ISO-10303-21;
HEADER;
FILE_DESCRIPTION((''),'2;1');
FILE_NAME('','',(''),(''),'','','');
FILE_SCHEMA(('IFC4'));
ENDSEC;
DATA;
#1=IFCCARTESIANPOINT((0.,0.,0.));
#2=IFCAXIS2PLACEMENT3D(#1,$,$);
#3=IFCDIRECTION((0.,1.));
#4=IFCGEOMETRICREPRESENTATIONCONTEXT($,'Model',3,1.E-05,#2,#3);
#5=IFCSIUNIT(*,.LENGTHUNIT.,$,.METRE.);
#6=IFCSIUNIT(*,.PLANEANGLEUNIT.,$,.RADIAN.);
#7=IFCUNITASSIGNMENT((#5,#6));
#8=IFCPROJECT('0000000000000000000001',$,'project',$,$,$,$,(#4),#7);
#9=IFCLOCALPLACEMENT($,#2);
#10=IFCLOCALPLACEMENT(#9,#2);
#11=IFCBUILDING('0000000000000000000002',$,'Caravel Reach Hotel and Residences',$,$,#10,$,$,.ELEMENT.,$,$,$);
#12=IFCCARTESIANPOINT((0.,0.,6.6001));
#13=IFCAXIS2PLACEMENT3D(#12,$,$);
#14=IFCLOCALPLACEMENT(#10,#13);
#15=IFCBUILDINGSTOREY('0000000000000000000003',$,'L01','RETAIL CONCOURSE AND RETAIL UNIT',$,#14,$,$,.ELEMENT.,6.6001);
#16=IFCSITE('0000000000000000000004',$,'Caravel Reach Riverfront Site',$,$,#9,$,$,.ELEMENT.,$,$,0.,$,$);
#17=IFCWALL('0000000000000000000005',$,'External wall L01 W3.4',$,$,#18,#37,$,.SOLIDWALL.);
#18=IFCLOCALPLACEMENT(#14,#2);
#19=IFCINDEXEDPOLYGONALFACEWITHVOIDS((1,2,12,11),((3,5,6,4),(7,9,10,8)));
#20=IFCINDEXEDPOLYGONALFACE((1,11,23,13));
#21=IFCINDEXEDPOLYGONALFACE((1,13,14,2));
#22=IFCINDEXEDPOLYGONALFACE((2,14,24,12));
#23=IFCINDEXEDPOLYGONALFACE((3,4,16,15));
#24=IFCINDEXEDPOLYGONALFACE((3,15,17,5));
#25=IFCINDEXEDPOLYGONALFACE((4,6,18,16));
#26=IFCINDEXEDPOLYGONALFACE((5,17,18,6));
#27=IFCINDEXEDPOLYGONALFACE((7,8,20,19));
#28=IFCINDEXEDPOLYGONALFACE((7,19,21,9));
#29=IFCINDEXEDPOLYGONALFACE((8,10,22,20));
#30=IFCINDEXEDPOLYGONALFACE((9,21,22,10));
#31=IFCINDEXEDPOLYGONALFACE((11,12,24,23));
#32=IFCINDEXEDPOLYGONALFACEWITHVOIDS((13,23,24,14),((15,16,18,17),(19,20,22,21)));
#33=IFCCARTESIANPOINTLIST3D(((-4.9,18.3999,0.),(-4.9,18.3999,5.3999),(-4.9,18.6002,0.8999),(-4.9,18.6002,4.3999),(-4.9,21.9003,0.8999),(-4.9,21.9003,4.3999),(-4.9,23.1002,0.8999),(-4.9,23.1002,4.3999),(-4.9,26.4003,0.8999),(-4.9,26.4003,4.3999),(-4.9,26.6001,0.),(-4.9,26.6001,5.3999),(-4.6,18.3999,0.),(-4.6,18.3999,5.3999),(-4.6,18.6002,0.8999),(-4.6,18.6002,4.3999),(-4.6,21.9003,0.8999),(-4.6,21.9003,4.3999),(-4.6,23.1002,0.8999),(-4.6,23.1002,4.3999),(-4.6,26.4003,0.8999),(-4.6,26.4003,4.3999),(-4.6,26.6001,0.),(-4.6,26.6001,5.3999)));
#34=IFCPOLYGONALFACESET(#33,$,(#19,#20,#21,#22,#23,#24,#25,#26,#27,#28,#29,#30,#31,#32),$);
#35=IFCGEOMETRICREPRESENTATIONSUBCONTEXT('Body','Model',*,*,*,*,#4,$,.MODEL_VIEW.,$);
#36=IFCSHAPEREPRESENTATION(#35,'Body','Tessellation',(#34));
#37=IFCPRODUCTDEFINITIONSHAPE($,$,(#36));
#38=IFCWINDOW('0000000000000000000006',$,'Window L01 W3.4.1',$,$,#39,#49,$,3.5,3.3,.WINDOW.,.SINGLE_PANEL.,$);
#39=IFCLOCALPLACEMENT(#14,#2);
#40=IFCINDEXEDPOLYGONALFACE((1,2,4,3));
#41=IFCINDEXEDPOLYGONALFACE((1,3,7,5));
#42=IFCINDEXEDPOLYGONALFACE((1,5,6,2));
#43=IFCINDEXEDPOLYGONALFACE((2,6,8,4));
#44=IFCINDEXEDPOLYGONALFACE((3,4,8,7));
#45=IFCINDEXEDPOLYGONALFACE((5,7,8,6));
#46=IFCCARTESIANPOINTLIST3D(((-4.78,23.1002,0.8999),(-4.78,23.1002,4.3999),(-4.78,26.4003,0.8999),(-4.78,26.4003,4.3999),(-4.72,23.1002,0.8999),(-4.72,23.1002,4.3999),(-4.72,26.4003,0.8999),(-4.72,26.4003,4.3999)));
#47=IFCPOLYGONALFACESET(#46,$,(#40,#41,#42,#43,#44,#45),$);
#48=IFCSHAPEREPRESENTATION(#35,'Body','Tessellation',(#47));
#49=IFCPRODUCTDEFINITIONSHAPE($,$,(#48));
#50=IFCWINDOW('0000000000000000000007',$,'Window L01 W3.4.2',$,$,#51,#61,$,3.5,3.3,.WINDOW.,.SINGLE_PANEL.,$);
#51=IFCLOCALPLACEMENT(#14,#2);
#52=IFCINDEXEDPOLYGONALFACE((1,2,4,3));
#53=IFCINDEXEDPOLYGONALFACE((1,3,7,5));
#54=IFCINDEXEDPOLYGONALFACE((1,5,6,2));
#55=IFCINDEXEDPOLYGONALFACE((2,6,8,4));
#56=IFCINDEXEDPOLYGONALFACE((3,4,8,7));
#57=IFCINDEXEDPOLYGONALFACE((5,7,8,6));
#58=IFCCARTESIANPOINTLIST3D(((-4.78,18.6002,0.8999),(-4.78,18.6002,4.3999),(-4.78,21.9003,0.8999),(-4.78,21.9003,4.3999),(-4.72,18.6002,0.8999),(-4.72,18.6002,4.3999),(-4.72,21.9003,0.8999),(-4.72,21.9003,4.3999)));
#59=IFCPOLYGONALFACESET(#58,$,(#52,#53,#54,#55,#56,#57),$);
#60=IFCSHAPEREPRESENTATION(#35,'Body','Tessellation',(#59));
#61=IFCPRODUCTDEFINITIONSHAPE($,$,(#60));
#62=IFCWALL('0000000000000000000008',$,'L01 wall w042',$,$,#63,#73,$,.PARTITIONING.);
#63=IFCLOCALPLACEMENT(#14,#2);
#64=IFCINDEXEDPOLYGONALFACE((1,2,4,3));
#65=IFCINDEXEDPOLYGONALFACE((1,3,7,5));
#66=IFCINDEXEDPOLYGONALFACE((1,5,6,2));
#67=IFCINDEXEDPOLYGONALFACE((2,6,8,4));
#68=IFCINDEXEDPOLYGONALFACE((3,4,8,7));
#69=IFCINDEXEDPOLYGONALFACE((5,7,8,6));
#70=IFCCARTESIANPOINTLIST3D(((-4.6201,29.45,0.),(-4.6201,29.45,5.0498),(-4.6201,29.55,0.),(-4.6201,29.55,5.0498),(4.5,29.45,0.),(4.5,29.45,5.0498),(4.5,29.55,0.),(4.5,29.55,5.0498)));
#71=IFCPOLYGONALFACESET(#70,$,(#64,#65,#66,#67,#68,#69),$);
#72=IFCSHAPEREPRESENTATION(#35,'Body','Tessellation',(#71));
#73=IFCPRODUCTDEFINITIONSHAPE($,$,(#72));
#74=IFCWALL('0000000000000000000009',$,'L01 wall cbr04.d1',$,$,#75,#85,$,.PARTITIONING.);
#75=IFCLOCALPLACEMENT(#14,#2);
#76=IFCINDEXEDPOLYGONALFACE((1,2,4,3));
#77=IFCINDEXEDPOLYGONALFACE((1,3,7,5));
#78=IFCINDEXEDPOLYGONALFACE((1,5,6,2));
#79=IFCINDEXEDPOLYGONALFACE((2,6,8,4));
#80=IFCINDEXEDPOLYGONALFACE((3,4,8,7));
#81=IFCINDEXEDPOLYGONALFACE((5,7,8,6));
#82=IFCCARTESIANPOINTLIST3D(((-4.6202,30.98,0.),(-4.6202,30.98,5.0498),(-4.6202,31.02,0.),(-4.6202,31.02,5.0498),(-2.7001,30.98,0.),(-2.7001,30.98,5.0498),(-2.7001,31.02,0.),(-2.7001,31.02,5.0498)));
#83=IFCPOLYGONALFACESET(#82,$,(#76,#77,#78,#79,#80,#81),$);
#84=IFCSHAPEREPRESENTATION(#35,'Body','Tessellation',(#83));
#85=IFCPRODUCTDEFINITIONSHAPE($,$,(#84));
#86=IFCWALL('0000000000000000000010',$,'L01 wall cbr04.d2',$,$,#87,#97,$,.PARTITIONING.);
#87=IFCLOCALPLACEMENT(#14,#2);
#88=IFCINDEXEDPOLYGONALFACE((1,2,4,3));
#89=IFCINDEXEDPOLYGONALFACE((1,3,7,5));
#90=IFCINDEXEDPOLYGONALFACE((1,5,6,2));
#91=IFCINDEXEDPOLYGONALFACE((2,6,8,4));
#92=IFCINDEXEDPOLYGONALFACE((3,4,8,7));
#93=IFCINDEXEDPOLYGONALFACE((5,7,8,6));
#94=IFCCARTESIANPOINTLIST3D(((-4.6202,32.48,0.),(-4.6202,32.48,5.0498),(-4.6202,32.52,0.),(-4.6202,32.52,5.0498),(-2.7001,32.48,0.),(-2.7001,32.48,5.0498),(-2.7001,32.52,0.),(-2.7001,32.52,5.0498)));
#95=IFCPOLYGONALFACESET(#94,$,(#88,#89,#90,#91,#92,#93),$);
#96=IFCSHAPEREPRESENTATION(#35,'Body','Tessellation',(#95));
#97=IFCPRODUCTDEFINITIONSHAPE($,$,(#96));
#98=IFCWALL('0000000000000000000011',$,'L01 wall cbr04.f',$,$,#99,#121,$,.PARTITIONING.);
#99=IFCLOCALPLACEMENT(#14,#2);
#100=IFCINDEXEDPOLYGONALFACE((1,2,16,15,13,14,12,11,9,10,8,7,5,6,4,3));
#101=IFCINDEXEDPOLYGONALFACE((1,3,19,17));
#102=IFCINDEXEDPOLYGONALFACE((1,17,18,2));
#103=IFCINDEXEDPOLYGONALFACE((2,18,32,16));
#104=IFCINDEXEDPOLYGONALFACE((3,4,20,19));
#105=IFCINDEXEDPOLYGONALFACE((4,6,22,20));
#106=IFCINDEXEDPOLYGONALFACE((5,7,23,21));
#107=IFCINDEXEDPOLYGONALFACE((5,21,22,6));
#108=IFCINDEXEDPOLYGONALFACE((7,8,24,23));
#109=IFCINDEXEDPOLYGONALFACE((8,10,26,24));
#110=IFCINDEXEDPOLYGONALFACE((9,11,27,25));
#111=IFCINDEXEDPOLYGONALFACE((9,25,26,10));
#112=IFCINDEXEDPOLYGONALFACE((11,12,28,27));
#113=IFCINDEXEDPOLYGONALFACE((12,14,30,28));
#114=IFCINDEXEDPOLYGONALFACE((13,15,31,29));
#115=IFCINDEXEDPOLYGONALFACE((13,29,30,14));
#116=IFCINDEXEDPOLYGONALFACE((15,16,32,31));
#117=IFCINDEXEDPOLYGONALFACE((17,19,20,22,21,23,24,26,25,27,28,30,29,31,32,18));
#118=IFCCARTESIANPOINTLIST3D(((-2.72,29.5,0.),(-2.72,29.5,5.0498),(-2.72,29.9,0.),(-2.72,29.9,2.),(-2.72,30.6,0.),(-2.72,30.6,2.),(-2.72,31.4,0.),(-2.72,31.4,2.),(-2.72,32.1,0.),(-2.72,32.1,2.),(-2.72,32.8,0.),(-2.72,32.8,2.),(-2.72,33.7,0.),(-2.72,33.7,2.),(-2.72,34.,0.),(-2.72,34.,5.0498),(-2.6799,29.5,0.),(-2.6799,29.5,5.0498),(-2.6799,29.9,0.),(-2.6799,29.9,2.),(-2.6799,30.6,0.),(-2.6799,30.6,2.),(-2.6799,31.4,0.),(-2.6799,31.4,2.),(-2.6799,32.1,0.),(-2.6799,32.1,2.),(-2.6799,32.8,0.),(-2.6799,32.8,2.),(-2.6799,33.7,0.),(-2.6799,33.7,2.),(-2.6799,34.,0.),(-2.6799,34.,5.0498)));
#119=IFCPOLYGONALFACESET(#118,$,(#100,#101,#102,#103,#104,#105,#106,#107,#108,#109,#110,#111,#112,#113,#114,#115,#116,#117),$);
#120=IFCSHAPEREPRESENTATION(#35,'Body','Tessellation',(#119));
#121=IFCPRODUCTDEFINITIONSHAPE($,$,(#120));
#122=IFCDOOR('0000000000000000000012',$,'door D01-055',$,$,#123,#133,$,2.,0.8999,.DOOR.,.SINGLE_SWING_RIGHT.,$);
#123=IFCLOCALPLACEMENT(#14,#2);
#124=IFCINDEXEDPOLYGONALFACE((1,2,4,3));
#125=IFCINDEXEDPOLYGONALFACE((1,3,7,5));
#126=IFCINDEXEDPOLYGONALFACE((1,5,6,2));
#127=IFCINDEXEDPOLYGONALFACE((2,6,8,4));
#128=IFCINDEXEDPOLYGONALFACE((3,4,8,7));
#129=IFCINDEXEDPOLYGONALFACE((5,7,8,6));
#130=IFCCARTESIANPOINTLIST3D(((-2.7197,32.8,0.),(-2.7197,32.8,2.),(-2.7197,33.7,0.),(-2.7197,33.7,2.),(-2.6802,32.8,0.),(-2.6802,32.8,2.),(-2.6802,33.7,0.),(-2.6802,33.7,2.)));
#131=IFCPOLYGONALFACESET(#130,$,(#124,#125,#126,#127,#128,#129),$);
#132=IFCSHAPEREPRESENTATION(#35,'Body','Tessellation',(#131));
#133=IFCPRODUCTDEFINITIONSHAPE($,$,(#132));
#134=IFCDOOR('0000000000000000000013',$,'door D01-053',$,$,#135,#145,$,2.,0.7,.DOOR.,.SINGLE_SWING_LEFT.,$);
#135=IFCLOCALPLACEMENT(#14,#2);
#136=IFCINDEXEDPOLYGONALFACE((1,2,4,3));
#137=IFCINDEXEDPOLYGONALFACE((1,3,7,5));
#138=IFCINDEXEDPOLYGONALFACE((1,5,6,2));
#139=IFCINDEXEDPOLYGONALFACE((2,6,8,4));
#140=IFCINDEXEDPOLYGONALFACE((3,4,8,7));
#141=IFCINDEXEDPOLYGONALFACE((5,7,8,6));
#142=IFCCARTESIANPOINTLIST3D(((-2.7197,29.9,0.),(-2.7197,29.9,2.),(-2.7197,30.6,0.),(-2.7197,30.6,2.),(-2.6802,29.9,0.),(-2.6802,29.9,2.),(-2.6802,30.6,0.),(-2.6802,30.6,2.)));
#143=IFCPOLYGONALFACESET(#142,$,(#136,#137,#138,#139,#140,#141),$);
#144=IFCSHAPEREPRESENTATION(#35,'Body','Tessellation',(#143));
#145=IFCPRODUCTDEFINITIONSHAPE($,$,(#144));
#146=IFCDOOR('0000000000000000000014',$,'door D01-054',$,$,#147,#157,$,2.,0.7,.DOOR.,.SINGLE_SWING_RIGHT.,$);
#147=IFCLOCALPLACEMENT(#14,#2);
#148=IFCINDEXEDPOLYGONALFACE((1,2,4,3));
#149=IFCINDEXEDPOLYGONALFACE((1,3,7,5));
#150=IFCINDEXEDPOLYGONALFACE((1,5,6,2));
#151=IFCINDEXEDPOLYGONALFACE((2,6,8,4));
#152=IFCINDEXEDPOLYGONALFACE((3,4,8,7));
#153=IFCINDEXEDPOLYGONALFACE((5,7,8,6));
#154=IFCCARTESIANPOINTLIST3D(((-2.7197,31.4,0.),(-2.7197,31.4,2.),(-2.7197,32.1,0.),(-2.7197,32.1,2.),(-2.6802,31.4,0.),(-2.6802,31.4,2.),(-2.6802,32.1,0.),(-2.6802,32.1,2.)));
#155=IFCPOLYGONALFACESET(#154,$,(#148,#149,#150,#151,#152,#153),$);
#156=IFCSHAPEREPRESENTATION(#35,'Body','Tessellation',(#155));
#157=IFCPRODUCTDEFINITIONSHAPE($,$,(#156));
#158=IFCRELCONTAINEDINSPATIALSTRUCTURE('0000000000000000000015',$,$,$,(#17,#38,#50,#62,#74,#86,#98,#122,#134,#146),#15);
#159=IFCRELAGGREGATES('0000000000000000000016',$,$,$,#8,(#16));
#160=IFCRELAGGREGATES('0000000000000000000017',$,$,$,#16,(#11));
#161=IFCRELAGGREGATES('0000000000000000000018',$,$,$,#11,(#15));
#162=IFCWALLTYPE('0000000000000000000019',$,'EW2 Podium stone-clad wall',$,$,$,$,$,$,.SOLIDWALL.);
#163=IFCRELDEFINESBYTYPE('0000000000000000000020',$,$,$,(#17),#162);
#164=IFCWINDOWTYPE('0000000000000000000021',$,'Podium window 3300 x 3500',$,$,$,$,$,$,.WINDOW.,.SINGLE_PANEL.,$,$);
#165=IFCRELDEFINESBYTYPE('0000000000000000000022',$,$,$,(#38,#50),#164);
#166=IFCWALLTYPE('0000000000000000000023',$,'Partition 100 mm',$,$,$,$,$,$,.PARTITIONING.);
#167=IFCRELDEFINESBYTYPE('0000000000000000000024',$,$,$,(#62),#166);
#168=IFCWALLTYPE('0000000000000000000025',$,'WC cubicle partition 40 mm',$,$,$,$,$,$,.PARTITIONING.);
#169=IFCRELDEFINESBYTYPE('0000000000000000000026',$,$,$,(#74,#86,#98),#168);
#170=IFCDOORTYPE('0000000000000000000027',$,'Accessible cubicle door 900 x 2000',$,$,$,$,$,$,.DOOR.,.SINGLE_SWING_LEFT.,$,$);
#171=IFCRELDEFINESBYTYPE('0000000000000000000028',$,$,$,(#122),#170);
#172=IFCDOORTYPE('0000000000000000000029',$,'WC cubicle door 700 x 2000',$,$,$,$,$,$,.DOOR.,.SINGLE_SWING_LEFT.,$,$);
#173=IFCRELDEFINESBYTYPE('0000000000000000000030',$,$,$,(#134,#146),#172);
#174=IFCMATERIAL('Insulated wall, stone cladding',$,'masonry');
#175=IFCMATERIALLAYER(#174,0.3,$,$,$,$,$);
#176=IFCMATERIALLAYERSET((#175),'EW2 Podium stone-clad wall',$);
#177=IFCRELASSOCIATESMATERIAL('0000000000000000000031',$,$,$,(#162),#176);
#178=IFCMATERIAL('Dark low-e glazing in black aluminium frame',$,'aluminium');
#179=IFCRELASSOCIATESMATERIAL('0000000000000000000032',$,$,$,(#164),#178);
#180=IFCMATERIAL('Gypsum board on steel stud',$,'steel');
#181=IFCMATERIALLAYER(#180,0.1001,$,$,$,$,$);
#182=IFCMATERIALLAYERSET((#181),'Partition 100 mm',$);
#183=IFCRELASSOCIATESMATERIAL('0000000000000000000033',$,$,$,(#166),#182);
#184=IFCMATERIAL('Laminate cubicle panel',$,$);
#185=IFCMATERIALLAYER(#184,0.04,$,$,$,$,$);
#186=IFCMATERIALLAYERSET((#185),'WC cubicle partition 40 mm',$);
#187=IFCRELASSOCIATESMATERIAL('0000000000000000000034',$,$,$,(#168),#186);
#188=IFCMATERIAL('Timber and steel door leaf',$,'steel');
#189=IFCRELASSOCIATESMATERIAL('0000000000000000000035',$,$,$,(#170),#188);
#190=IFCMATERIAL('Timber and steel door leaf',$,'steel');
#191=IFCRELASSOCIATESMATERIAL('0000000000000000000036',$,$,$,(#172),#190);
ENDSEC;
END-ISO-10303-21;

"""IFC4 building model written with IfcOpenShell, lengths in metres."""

from ifc_helpers import new_model, si_unit, direction, frame, frame_2d, origin, place, context, subcontext, project, spatial, rectangle, extrude, material, layer, layer_set, type_object, element, fill, save


model = new_model("IFC4")

# Units and contexts
model_context = context("Model", 3, precision=1e-05, world=origin(), true_north=direction((0.0, 1.0)))
body_context = subcontext(model_context, "Body", "Model", "MODEL_VIEW")
ifc_project = project(units=[si_unit("LENGTHUNIT", "METRE"), si_unit("PLANEANGLEUNIT", "RADIAN")], contexts=[model_context])

# Site, building, storey
site_placement = place(None, origin())
site = spatial("IfcSite", under=ifc_project, at=site_placement, Name="Caravel Reach Riverfront Site", CompositionType="ELEMENT", RefElevation=0.0)
building_placement = place(site_placement, origin())
building = spatial("IfcBuilding", under=site, at=building_placement, Name="Caravel Reach Hotel and Residences", CompositionType="ELEMENT")
storey_placement = place(building_placement, frame((0.0, 0.0, 6.6001)))
storey = spatial("IfcBuildingStorey", under=building, at=storey_placement, Name="L01", Description="RETAIL CONCOURSE AND RETAIL UNIT", CompositionType="ELEMENT", Elevation=6.6001)

# Wall, openings, windows
ifc_material_1 = material(Name="Insulated wall, stone cladding", Category="masonry")
ifc_layer_1 = layer(ifc_material_1, 0.3)
ifc_layer_set_1 = layer_set([ifc_layer_1], Name="EW2 Podium stone-clad wall")
wall_type_1 = type_object("IfcWallType", Name="EW2 Podium stone-clad wall", PredefinedType="SOLIDWALL", material=ifc_layer_set_1)
wall_1_placement = place(storey_placement, frame((-4.75, 26.6001, 0.0), z_axis=(0.0, 0.0, 1.0), x_axis=(0.0, -1.0, 0.0)))
wall_1 = element("IfcWall", 1, at=wall_1_placement, inside=storey, type_object=wall_type_1, Name="External wall L01 W3.4", PredefinedType="SOLIDWALL", context=body_context, shape_type="SweptSolid", body=[
    extrude(rectangle(XDim=8.2002, YDim=0.3, at=frame_2d((4.1001, 0.0))), origin(), (0.0, 0.0, 1.0), 5.3999),
])
opening_1_placement = place(wall_1_placement, frame((0.2, 0.0, 0.8999)))
opening_1 = element("IfcOpeningElement", 2, at=opening_1_placement, cuts=wall_1, PredefinedType="OPENING", context=body_context, shape_type="SweptSolid", body=[
    extrude(rectangle(XDim=3.3, YDim=3.5, at=frame_2d((1.6499, 1.75))), frame((0.0, 0.1599, 0.0), z_axis=(0.0, -1.0, 0.0), x_axis=(1.0, 0.0, 0.0)), (0.0, 0.0, 1.0), 0.3201),
])
opening_2_placement = place(wall_1_placement, frame((4.7, 0.0, 0.8999)))
opening_2 = element("IfcOpeningElement", 3, at=opening_2_placement, cuts=wall_1, PredefinedType="OPENING", context=body_context, shape_type="SweptSolid", body=[
    extrude(rectangle(XDim=3.3, YDim=3.5, at=frame_2d((1.6499, 1.75))), frame((0.0, 0.1599, 0.0), z_axis=(0.0, -1.0, 0.0), x_axis=(1.0, 0.0, 0.0)), (0.0, 0.0, 1.0), 0.3201),
])
ifc_material_2 = material(Name="Dark low-e glazing in black aluminium frame", Category="aluminium")
window_type = type_object("IfcWindowType", Name="Podium window 3300 x 3500", PartitioningType="SINGLE_PANEL", PredefinedType="WINDOW", material=ifc_material_2)
window_1_placement = place(opening_1_placement, origin())
window_1 = element("IfcWindow", 4, at=window_1_placement, inside=storey, type_object=window_type, Name="Window L01 W3.4.1", OverallHeight=3.5, OverallWidth=3.3, PartitioningType="SINGLE_PANEL", PredefinedType="WINDOW", context=body_context, shape_type="SweptSolid", body=[
    extrude(rectangle(XDim=3.3, YDim=3.5, at=frame_2d((1.6499, 1.75))), frame((0.0, 0.03, 0.0), z_axis=(0.0, -1.0, 0.0), x_axis=(1.0, 0.0, 0.0)), (0.0, 0.0, 1.0), 0.0601),
])
fill(opening_1, window_1)
window_2_placement = place(opening_2_placement, origin())
window_2 = element("IfcWindow", 5, at=window_2_placement, inside=storey, type_object=window_type, Name="Window L01 W3.4.2", OverallHeight=3.5, OverallWidth=3.3, PartitioningType="SINGLE_PANEL", PredefinedType="WINDOW", context=body_context, shape_type="SweptSolid", body=[
    extrude(rectangle(XDim=3.3, YDim=3.5, at=frame_2d((1.6499, 1.75))), frame((0.0, 0.03, 0.0), z_axis=(0.0, -1.0, 0.0), x_axis=(1.0, 0.0, 0.0)), (0.0, 0.0, 1.0), 0.0601),
])
fill(opening_2, window_2)

# Walls
ifc_material_3 = material(Name="Gypsum board on steel stud", Category="steel")
ifc_layer_2 = layer(ifc_material_3, 0.1001)
ifc_layer_set_2 = layer_set([ifc_layer_2], Name="Partition 100 mm")
wall_type_2 = type_object("IfcWallType", Name="Partition 100 mm", PredefinedType="PARTITIONING", material=ifc_layer_set_2)
wall_2_placement = place(storey_placement, frame((-4.6201, 29.5, 0.0), z_axis=(0.0, 0.0, 1.0), x_axis=(1.0, 0.0, 0.0)))
element("IfcWall", 6, at=wall_2_placement, inside=storey, type_object=wall_type_2, Name="L01 wall w042", PredefinedType="PARTITIONING", context=body_context, shape_type="SweptSolid", body=[
    extrude(rectangle(XDim=9.1201, YDim=0.1001, at=frame_2d((4.5601, 0.0))), origin(), (0.0, 0.0, 1.0), 5.0498),
])
ifc_material_4 = material(Name="Laminate cubicle panel")
ifc_layer_3 = layer(ifc_material_4, 0.04)
ifc_layer_set_3 = layer_set([ifc_layer_3], Name="WC cubicle partition 40 mm")
wall_type_3 = type_object("IfcWallType", Name="WC cubicle partition 40 mm", PredefinedType="PARTITIONING", material=ifc_layer_set_3)
for number, where, z_axis, x_axis, name in (
    (7, (-4.6201, 31.0, 0.0), (0.0, 0.0, 1.0), (1.0, 0.0, 0.0), "L01 wall cbr04.d1"),
    (8, (-4.6201, 32.5, 0.0), (0.0, 0.0, 1.0), (1.0, 0.0, 0.0), "L01 wall cbr04.d2"),
):
    element("IfcWall", number, at=place(storey_placement, frame(where, z_axis=z_axis, x_axis=x_axis)), inside=storey, type_object=wall_type_3, Name=name, PredefinedType="PARTITIONING", context=body_context, shape_type="SweptSolid", body=[
        extrude(rectangle(XDim=1.9202, YDim=0.04, at=frame_2d((0.96, 0.0))), origin(), (0.0, 0.0, 1.0), 5.0498),
    ])

# Wall, openings, doors
wall_3_placement = place(storey_placement, frame((-2.7, 29.5, 0.0), z_axis=(0.0, 0.0, 1.0), x_axis=(0.0, 1.0, 0.0)))
wall_3 = element("IfcWall", 9, at=wall_3_placement, inside=storey, type_object=wall_type_3, Name="L01 wall cbr04.f", PredefinedType="PARTITIONING", context=body_context, shape_type="SweptSolid", body=[
    extrude(rectangle(XDim=4.5, YDim=0.04, at=frame_2d((2.25, 0.0))), origin(), (0.0, 0.0, 1.0), 5.0498),
])
opening_3_placement = place(wall_3_placement, frame((0.3999, 0.0, 0.0)))
opening_3 = element("IfcOpeningElement", 10, at=opening_3_placement, cuts=wall_3, PredefinedType="OPENING", context=body_context, shape_type="SweptSolid", body=[
    extrude(rectangle(XDim=0.7, YDim=2.0, at=frame_2d((0.3501, 1.0))), frame((0.0, 0.03, 0.0), z_axis=(0.0, -1.0, 0.0), x_axis=(1.0, 0.0, 0.0)), (0.0, 0.0, 1.0), 0.0601),
])
opening_4_placement = place(wall_3_placement, frame((1.8999, 0.0, 0.0)))
opening_4 = element("IfcOpeningElement", 11, at=opening_4_placement, cuts=wall_3, PredefinedType="OPENING", context=body_context, shape_type="SweptSolid", body=[
    extrude(rectangle(XDim=0.7, YDim=2.0, at=frame_2d((0.3501, 1.0))), frame((0.0, 0.03, 0.0), z_axis=(0.0, -1.0, 0.0), x_axis=(1.0, 0.0, 0.0)), (0.0, 0.0, 1.0), 0.0601),
])
opening_5_placement = place(wall_3_placement, frame((3.3, 0.0, 0.0)))
opening_5 = element("IfcOpeningElement", 12, at=opening_5_placement, cuts=wall_3, PredefinedType="OPENING", context=body_context, shape_type="SweptSolid", body=[
    extrude(rectangle(XDim=0.8999, YDim=2.0, at=frame_2d((0.45, 1.0))), frame((0.0, 0.03, 0.0), z_axis=(0.0, -1.0, 0.0), x_axis=(1.0, 0.0, 0.0)), (0.0, 0.0, 1.0), 0.0601),
])
ifc_material_5 = material(Name="Timber and steel door leaf", Category="steel")
door_type_1 = type_object("IfcDoorType", Name="Accessible cubicle door 900 x 2000", OperationType="SINGLE_SWING_LEFT", PredefinedType="DOOR", material=ifc_material_5)
door_1_placement = place(opening_5_placement, origin())
door_1 = element("IfcDoor", 13, at=door_1_placement, inside=storey, type_object=door_type_1, Name="door D01-055", OperationType="SINGLE_SWING_RIGHT", OverallHeight=2.0, OverallWidth=0.8999, PredefinedType="DOOR", context=body_context, shape_type="SweptSolid", body=[
    extrude(rectangle(XDim=0.8999, YDim=2.0, at=frame_2d((0.45, 1.0))), frame((0.0, 0.0198, 0.0), z_axis=(0.0, -1.0, 0.0), x_axis=(1.0, 0.0, 0.0)), (0.0, 0.0, 1.0), 0.0396),
])
fill(opening_5, door_1)
ifc_material_6 = material(Name="Timber and steel door leaf", Category="steel")
door_type_2 = type_object("IfcDoorType", Name="WC cubicle door 700 x 2000", OperationType="SINGLE_SWING_LEFT", PredefinedType="DOOR", material=ifc_material_6)
door_2_placement = place(opening_3_placement, origin())
door_2 = element("IfcDoor", 14, at=door_2_placement, inside=storey, type_object=door_type_2, Name="door D01-053", OperationType="SINGLE_SWING_LEFT", OverallHeight=2.0, OverallWidth=0.7, PredefinedType="DOOR", context=body_context, shape_type="SweptSolid", body=[
    extrude(rectangle(XDim=0.7, YDim=2.0, at=frame_2d((0.3501, 1.0))), frame((0.0, 0.0198, 0.0), z_axis=(0.0, -1.0, 0.0), x_axis=(1.0, 0.0, 0.0)), (0.0, 0.0, 1.0), 0.0396),
])
fill(opening_3, door_2)
door_3_placement = place(opening_4_placement, origin())
door_3 = element("IfcDoor", 15, at=door_3_placement, inside=storey, type_object=door_type_2, Name="door D01-054", OperationType="SINGLE_SWING_RIGHT", OverallHeight=2.0, OverallWidth=0.7, PredefinedType="DOOR", context=body_context, shape_type="SweptSolid", body=[
    extrude(rectangle(XDim=0.7, YDim=2.0, at=frame_2d((0.3501, 1.0))), frame((0.0, 0.0198, 0.0), z_axis=(0.0, -1.0, 0.0), x_axis=(1.0, 0.0, 0.0)), (0.0, 0.0, 1.0), 0.0396),
])
fill(opening_4, door_3)

save(model, "model.ifc")
